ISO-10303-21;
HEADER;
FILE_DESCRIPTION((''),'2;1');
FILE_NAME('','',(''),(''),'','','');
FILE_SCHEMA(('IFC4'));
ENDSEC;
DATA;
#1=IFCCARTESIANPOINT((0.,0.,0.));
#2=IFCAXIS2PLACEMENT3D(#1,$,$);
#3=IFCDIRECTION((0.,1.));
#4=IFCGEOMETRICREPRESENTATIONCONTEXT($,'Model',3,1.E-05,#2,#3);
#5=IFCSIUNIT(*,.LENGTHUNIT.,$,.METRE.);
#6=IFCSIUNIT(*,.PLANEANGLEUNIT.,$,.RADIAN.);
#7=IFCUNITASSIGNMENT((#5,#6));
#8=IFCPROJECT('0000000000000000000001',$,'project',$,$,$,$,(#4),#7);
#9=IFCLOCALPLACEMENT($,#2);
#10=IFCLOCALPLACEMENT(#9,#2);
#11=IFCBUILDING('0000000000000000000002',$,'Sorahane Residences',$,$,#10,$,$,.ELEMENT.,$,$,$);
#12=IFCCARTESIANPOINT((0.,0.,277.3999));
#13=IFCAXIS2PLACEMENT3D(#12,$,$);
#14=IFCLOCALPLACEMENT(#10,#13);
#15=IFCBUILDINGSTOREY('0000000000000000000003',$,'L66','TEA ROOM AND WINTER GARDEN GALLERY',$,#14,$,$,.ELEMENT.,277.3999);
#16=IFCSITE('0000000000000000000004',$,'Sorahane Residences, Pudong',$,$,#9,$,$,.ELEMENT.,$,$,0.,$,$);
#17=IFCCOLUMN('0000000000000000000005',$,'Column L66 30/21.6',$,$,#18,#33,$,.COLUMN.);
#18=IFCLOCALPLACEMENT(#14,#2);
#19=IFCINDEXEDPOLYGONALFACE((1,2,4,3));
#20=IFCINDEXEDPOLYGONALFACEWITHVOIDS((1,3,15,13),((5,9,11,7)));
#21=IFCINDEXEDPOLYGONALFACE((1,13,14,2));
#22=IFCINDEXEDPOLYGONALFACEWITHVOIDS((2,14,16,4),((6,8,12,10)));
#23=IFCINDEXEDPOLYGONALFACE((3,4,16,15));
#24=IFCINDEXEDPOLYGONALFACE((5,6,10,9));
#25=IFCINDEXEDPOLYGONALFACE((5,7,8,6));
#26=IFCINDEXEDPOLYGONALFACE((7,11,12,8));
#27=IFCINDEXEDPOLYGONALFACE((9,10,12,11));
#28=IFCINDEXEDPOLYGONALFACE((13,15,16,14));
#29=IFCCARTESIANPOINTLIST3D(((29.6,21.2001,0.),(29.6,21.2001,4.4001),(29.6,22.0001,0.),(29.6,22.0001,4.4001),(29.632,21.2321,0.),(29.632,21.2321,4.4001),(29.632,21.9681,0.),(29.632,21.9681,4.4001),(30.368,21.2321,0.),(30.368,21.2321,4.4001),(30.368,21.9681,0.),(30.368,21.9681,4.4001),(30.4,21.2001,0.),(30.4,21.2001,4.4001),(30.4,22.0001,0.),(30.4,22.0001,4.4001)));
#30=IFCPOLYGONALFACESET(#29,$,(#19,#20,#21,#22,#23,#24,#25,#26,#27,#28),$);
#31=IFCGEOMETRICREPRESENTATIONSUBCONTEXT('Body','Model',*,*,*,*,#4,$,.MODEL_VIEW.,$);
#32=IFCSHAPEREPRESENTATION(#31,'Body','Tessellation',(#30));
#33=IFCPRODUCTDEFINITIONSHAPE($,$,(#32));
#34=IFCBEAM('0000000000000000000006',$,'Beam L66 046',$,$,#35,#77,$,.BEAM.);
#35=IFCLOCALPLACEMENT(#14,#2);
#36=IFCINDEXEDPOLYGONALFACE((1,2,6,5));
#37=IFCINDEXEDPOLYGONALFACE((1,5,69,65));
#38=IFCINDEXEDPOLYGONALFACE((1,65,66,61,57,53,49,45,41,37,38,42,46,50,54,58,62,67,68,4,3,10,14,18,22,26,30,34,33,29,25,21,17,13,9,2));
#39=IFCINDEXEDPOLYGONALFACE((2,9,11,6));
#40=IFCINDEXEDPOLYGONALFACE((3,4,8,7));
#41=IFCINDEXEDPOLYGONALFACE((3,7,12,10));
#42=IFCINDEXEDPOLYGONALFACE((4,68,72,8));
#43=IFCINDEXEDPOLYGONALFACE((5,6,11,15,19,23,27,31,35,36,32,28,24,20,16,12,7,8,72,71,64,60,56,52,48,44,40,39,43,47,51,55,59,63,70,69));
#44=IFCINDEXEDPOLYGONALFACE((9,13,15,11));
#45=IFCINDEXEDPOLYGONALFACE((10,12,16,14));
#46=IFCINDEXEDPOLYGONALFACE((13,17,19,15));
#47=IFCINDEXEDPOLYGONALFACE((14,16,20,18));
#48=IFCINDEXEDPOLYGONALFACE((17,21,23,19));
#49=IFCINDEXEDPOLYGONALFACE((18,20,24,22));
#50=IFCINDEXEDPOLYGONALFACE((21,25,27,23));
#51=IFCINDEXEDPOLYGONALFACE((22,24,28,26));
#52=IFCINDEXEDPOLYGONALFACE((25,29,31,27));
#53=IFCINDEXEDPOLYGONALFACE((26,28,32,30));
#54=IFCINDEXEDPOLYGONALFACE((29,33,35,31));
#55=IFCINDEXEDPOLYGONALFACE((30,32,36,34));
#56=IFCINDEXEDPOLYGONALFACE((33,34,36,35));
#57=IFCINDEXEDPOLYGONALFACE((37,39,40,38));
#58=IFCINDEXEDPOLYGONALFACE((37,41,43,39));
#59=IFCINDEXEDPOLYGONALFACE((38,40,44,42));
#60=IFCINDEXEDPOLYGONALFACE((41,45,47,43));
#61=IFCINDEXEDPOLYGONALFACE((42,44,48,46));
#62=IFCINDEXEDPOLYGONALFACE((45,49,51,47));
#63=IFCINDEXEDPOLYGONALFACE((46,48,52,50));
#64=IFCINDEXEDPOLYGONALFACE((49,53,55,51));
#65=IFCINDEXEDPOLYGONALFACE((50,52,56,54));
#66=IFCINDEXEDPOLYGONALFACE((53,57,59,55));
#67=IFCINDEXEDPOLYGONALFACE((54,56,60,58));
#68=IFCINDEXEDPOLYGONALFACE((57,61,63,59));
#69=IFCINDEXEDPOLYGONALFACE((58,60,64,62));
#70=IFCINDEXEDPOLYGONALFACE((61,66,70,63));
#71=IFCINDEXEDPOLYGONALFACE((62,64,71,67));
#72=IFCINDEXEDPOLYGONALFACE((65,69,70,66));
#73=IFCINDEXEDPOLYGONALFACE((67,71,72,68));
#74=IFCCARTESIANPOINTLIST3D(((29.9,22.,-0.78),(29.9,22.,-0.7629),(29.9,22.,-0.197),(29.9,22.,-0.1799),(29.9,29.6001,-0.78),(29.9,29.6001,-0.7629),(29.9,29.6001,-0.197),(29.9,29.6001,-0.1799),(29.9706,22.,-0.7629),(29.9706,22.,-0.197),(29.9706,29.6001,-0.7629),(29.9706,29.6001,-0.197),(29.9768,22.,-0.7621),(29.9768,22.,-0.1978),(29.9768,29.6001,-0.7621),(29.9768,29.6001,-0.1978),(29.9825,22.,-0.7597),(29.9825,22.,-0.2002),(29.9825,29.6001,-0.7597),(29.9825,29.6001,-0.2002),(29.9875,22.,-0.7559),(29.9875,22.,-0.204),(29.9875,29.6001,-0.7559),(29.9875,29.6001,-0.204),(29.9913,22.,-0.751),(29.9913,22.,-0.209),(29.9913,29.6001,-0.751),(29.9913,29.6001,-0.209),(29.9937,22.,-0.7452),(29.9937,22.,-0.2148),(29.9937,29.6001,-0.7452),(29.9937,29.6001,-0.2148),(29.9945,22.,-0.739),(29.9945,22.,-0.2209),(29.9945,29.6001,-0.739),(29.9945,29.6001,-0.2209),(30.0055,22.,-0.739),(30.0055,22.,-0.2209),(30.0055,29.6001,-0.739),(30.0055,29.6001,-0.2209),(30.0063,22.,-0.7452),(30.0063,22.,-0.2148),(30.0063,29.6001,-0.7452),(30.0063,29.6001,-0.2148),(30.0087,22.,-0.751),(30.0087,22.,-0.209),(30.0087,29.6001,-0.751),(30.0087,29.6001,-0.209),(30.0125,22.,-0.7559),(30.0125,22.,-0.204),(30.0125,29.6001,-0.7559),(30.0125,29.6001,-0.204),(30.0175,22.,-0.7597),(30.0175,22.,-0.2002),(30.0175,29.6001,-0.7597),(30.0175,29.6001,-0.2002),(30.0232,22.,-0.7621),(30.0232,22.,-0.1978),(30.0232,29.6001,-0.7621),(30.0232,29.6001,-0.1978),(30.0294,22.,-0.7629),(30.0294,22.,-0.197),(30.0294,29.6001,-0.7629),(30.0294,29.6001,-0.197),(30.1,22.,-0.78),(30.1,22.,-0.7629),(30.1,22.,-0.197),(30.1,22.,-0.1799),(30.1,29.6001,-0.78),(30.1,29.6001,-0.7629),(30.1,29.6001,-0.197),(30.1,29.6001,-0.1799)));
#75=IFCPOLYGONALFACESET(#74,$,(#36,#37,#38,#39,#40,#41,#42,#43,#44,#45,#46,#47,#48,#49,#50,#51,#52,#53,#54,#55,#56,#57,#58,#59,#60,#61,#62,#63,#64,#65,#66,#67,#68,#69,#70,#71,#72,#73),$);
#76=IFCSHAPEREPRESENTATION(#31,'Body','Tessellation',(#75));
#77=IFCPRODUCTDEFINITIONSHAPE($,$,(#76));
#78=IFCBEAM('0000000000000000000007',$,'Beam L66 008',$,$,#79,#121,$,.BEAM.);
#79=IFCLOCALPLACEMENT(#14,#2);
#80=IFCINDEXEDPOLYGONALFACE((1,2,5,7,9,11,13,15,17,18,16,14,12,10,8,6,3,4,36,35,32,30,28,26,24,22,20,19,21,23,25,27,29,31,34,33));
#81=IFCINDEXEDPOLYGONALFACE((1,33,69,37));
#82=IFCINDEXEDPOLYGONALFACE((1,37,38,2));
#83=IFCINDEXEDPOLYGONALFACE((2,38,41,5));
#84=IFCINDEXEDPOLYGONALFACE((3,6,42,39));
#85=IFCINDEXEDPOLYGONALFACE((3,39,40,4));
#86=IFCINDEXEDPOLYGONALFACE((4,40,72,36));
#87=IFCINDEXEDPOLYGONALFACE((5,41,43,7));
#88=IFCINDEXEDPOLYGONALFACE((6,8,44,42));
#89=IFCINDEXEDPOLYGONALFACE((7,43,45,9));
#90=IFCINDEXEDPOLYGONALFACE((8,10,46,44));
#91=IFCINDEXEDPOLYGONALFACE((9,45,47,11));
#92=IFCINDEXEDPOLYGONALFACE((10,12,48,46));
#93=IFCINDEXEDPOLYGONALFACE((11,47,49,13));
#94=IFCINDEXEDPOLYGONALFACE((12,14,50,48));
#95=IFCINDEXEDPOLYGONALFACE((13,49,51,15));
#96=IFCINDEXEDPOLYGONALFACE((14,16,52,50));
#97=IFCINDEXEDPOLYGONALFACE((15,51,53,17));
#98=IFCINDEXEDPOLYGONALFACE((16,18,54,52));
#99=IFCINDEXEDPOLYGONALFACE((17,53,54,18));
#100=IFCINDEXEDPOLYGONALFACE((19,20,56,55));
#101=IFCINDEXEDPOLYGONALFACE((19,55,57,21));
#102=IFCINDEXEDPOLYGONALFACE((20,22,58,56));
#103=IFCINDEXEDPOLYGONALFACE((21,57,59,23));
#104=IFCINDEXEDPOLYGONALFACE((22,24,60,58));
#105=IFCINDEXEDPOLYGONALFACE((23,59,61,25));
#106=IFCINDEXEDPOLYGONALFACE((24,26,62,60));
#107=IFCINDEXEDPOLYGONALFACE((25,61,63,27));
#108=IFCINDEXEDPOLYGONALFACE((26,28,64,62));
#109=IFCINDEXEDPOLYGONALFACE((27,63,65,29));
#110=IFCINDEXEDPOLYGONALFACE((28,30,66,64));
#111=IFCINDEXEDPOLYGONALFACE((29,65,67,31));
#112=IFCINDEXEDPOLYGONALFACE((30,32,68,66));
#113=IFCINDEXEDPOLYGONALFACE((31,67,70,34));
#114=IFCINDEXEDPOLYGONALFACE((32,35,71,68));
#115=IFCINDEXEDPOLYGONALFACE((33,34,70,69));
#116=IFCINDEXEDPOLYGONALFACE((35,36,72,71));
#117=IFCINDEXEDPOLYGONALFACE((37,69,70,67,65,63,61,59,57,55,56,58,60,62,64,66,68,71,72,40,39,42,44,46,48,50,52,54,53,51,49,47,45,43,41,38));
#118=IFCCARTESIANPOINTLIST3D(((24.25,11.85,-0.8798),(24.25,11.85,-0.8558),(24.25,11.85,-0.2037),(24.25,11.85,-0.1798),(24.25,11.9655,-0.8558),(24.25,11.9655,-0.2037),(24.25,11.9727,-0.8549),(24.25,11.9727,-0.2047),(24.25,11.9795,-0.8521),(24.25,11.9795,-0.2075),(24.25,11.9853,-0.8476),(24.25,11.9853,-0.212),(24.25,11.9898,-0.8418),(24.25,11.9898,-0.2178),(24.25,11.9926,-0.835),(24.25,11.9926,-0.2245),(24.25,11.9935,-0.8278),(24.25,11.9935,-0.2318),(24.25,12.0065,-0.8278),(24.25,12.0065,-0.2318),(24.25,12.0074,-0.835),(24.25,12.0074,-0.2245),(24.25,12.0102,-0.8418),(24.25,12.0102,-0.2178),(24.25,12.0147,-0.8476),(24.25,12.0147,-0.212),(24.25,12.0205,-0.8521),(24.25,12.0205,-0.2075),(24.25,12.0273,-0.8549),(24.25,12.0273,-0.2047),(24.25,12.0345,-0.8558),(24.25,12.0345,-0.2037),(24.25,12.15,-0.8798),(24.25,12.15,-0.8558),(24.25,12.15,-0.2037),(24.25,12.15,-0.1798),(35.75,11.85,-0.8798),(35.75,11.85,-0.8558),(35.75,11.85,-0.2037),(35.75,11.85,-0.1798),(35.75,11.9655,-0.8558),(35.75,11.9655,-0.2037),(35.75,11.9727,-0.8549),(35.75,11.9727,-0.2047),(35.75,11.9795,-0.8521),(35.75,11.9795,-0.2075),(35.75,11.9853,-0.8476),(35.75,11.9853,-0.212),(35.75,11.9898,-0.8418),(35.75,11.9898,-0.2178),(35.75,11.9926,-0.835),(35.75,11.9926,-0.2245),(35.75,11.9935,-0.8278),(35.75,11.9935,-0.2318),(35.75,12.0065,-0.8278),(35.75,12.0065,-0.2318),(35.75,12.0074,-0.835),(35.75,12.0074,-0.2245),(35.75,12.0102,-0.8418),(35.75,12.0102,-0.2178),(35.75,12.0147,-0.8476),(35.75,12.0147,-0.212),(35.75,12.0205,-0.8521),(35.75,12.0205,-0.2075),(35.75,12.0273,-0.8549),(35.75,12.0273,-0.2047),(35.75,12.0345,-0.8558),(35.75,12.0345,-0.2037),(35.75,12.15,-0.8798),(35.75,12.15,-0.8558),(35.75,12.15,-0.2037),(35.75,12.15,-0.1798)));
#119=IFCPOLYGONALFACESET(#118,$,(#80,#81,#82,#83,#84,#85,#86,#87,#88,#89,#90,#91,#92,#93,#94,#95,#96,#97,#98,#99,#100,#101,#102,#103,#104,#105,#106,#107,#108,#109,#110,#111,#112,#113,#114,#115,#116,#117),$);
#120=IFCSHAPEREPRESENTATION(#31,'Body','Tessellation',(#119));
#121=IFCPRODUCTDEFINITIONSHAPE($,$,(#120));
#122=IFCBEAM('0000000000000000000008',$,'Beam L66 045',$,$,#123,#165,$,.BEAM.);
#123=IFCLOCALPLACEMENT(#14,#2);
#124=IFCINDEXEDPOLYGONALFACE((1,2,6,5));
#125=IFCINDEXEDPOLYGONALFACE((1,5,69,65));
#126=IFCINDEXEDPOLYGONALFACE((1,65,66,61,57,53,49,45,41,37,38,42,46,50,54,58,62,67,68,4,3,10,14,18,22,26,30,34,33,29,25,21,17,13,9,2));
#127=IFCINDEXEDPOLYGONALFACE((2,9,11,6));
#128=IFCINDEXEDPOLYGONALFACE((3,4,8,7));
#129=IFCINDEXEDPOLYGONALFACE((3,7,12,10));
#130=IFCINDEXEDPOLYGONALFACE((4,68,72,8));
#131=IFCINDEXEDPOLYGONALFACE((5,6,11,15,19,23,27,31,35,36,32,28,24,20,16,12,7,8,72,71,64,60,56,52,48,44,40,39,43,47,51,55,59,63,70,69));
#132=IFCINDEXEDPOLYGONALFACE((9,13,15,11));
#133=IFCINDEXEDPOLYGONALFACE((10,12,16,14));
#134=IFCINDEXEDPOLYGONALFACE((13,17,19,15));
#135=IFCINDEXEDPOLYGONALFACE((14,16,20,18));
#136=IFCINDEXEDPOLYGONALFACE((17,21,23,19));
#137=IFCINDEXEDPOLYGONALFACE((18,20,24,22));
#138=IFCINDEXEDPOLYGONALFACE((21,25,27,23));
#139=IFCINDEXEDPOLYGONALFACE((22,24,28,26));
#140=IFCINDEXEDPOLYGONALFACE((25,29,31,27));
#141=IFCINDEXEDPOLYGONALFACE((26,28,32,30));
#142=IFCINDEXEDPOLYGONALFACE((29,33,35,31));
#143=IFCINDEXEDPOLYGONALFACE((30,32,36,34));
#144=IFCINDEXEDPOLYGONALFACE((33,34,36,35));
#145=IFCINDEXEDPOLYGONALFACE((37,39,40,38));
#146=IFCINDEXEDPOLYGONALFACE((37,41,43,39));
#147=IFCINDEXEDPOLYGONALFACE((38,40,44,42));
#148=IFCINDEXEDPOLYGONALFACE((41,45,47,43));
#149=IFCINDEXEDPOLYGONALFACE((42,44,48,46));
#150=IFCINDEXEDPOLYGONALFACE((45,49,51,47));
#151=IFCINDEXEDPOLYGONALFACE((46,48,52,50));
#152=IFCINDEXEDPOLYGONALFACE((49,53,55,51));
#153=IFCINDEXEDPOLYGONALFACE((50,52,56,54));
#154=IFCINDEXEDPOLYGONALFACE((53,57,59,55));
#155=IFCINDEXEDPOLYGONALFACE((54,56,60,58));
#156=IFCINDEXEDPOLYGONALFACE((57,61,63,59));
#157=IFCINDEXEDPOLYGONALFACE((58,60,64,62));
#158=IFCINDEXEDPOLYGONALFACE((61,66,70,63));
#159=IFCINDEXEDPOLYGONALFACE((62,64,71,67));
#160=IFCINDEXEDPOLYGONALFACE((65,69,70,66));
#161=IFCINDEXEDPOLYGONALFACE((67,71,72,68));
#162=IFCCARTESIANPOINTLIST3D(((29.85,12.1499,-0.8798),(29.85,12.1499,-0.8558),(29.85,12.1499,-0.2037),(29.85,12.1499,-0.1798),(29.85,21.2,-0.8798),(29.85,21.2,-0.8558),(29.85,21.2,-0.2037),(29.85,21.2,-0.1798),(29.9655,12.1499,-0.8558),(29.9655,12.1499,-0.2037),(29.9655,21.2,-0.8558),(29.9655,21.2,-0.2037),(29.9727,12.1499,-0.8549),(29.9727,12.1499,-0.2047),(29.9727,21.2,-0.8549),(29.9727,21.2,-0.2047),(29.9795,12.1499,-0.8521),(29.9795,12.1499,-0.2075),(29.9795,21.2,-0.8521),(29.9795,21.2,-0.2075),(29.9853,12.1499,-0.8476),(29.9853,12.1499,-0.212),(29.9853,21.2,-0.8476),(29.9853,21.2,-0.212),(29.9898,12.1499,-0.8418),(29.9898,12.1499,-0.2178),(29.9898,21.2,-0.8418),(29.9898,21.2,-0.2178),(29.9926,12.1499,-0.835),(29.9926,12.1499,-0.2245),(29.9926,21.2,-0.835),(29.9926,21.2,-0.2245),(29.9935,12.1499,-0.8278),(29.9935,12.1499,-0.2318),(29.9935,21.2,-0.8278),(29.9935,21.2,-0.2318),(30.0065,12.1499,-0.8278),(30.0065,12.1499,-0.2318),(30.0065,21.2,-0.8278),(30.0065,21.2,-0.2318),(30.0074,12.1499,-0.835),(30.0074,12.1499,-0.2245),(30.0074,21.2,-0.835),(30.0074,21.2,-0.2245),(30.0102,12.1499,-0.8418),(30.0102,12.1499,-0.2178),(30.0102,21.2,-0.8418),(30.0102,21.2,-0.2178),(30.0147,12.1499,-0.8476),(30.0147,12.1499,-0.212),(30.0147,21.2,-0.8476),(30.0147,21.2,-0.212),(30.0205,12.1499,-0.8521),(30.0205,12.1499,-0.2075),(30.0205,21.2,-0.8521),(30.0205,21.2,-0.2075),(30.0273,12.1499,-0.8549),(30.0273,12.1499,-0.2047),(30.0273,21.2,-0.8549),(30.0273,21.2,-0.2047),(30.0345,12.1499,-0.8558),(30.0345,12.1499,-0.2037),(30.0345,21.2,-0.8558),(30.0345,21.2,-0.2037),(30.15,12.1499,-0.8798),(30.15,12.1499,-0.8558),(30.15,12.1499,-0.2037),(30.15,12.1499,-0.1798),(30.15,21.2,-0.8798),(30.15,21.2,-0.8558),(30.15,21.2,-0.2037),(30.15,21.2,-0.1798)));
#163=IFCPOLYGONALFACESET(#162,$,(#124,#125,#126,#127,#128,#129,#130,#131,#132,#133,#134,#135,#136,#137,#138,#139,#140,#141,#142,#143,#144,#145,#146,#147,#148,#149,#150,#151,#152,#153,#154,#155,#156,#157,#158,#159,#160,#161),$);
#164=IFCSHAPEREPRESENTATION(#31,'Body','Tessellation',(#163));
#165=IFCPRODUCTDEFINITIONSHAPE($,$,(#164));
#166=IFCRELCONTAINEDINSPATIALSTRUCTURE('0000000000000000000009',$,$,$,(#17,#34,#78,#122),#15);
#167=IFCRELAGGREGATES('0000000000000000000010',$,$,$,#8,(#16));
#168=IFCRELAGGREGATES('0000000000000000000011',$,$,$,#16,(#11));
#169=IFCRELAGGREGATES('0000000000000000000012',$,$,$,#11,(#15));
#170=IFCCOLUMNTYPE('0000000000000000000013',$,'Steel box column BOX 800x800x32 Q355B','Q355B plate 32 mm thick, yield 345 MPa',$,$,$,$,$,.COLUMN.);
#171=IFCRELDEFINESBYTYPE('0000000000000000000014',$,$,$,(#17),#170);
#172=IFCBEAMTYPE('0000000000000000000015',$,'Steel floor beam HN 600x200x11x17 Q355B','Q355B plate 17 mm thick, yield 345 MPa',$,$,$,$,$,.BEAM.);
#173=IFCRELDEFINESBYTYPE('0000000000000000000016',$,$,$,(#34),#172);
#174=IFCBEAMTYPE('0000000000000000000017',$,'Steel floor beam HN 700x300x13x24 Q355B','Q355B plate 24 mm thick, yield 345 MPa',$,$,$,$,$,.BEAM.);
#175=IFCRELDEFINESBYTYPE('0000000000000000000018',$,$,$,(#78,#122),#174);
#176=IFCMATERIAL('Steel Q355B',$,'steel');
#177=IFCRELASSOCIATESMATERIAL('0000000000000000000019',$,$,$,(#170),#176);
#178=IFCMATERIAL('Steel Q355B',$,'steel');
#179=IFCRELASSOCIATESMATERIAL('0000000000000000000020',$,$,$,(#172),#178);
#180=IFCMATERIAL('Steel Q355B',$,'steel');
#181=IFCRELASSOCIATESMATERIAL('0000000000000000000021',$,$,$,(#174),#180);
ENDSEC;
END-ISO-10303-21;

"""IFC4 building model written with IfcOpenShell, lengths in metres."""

from ifc_helpers import new_model, si_unit, direction, frame, origin, origin_2d, place, context, subcontext, project, spatial, hollow_rectangle, i_section, extrude, material, material_profile, profile_set, type_object, element, save


model = new_model("IFC4")

# Units and contexts
model_context = context("Model", 3, precision=1e-05, world=origin(), true_north=direction((0.0, 1.0)))
body_context = subcontext(model_context, "Body", "Model", "MODEL_VIEW")
ifc_project = project(units=[si_unit("LENGTHUNIT", "METRE"), si_unit("PLANEANGLEUNIT", "RADIAN")], contexts=[model_context])

# Site, building, storey
site_placement = place(None, origin())
site = spatial("IfcSite", under=ifc_project, at=site_placement, Name="Sorahane Residences, Pudong", CompositionType="ELEMENT", RefElevation=0.0)
building_placement = place(site_placement, origin())
building = spatial("IfcBuilding", under=site, at=building_placement, Name="Sorahane Residences", CompositionType="ELEMENT")
storey_placement = place(building_placement, frame((0.0, 0.0, 277.3999)))
storey = spatial("IfcBuildingStorey", under=building, at=storey_placement, Name="L66", Description="TEA ROOM AND WINTER GARDEN GALLERY", CompositionType="ELEMENT", Elevation=277.3999)

# Column
ifc_material_1 = material(Name="Steel Q355B", Category="steel")
ifc_material_profile_1 = material_profile(ifc_material_1, hollow_rectangle(XDim=0.8, YDim=0.8, WallThickness=0.032, at=origin_2d()), Name="BOX 800x800x32")
ifc_profile_set_1 = profile_set([ifc_material_profile_1], Name="Steel Q355B")
column_type = type_object("IfcColumnType", Name="Steel box column BOX 800x800x32 Q355B", Description="Q355B plate 32 mm thick, yield 345 MPa", PredefinedType="COLUMN", material=ifc_profile_set_1)
column_placement = place(storey_placement, frame((30.0, 21.6001, 0.0), z_axis=(0.0, 0.0, 1.0), x_axis=(1.0, 0.0, 0.0)))
element("IfcColumn", 1, at=column_placement, inside=storey, type_object=column_type, Name="Column L66 30/21.6", PredefinedType="COLUMN", context=body_context, shape_type="SweptSolid", body=[
    extrude(hollow_rectangle(XDim=0.8, YDim=0.8, WallThickness=0.032, at=origin_2d()), origin(), (0.0, 0.0, 1.0), 4.4001),
])

# Beams
ifc_material_2 = material(Name="Steel Q355B", Category="steel")
ifc_material_profile_2 = material_profile(ifc_material_2, i_section(OverallWidth=0.2, OverallDepth=0.6001, WebThickness=0.011, FlangeThickness=0.0171, FilletRadius=0.0239, at=origin_2d()), Name="HN 600x200x11x17")
ifc_profile_set_2 = profile_set([ifc_material_profile_2], Name="Steel Q355B")
beam_type_1 = type_object("IfcBeamType", Name="Steel floor beam HN 600x200x11x17 Q355B", Description="Q355B plate 17 mm thick, yield 345 MPa", PredefinedType="BEAM", material=ifc_profile_set_2)
beam_1_placement = place(storey_placement, frame((30.0, 22.0, -0.48), z_axis=(0.0, 1.0, 0.0), x_axis=(-1.0, 0.0, 0.0)))
element("IfcBeam", 2, at=beam_1_placement, inside=storey, type_object=beam_type_1, Name="Beam L66 046", PredefinedType="BEAM", context=body_context, shape_type="SweptSolid", body=[
    extrude(i_section(OverallWidth=0.2, OverallDepth=0.6001, WebThickness=0.011, FlangeThickness=0.0171, FilletRadius=0.0239, at=origin_2d()), origin(), (0.0, 0.0, 1.0), 7.6001),
])
ifc_material_3 = material(Name="Steel Q355B", Category="steel")
ifc_material_profile_3 = material_profile(ifc_material_3, i_section(OverallWidth=0.3, OverallDepth=0.7, WebThickness=0.0129, FlangeThickness=0.0239, FilletRadius=0.0281, at=origin_2d()), Name="HN 700x300x13x24")
ifc_profile_set_3 = profile_set([ifc_material_profile_3], Name="Steel Q355B")
beam_type_2 = type_object("IfcBeamType", Name="Steel floor beam HN 700x300x13x24 Q355B", Description="Q355B plate 24 mm thick, yield 345 MPa", PredefinedType="BEAM", material=ifc_profile_set_3)
beam_2_placement = place(storey_placement, frame((24.25, 12.0, -0.5298), z_axis=(1.0, 0.0, 0.0), x_axis=(0.0, 1.0, 0.0)))
element("IfcBeam", 3, at=beam_2_placement, inside=storey, type_object=beam_type_2, Name="Beam L66 008", PredefinedType="BEAM", context=body_context, shape_type="SweptSolid", body=[
    extrude(i_section(OverallWidth=0.3, OverallDepth=0.7, WebThickness=0.0129, FlangeThickness=0.0239, FilletRadius=0.0281, at=origin_2d()), origin(), (0.0, 0.0, 1.0), 11.5),
])
beam_3_placement = place(storey_placement, frame((30.0, 12.1499, -0.5298), z_axis=(0.0, 1.0, 0.0), x_axis=(-1.0, 0.0, 0.0)))
element("IfcBeam", 4, at=beam_3_placement, inside=storey, type_object=beam_type_2, Name="Beam L66 045", PredefinedType="BEAM", context=body_context, shape_type="SweptSolid", body=[
    extrude(i_section(OverallWidth=0.3, OverallDepth=0.7, WebThickness=0.0129, FlangeThickness=0.0239, FilletRadius=0.0281, at=origin_2d()), origin(), (0.0, 0.0, 1.0), 9.05),
])

save(model, "model.ifc")
